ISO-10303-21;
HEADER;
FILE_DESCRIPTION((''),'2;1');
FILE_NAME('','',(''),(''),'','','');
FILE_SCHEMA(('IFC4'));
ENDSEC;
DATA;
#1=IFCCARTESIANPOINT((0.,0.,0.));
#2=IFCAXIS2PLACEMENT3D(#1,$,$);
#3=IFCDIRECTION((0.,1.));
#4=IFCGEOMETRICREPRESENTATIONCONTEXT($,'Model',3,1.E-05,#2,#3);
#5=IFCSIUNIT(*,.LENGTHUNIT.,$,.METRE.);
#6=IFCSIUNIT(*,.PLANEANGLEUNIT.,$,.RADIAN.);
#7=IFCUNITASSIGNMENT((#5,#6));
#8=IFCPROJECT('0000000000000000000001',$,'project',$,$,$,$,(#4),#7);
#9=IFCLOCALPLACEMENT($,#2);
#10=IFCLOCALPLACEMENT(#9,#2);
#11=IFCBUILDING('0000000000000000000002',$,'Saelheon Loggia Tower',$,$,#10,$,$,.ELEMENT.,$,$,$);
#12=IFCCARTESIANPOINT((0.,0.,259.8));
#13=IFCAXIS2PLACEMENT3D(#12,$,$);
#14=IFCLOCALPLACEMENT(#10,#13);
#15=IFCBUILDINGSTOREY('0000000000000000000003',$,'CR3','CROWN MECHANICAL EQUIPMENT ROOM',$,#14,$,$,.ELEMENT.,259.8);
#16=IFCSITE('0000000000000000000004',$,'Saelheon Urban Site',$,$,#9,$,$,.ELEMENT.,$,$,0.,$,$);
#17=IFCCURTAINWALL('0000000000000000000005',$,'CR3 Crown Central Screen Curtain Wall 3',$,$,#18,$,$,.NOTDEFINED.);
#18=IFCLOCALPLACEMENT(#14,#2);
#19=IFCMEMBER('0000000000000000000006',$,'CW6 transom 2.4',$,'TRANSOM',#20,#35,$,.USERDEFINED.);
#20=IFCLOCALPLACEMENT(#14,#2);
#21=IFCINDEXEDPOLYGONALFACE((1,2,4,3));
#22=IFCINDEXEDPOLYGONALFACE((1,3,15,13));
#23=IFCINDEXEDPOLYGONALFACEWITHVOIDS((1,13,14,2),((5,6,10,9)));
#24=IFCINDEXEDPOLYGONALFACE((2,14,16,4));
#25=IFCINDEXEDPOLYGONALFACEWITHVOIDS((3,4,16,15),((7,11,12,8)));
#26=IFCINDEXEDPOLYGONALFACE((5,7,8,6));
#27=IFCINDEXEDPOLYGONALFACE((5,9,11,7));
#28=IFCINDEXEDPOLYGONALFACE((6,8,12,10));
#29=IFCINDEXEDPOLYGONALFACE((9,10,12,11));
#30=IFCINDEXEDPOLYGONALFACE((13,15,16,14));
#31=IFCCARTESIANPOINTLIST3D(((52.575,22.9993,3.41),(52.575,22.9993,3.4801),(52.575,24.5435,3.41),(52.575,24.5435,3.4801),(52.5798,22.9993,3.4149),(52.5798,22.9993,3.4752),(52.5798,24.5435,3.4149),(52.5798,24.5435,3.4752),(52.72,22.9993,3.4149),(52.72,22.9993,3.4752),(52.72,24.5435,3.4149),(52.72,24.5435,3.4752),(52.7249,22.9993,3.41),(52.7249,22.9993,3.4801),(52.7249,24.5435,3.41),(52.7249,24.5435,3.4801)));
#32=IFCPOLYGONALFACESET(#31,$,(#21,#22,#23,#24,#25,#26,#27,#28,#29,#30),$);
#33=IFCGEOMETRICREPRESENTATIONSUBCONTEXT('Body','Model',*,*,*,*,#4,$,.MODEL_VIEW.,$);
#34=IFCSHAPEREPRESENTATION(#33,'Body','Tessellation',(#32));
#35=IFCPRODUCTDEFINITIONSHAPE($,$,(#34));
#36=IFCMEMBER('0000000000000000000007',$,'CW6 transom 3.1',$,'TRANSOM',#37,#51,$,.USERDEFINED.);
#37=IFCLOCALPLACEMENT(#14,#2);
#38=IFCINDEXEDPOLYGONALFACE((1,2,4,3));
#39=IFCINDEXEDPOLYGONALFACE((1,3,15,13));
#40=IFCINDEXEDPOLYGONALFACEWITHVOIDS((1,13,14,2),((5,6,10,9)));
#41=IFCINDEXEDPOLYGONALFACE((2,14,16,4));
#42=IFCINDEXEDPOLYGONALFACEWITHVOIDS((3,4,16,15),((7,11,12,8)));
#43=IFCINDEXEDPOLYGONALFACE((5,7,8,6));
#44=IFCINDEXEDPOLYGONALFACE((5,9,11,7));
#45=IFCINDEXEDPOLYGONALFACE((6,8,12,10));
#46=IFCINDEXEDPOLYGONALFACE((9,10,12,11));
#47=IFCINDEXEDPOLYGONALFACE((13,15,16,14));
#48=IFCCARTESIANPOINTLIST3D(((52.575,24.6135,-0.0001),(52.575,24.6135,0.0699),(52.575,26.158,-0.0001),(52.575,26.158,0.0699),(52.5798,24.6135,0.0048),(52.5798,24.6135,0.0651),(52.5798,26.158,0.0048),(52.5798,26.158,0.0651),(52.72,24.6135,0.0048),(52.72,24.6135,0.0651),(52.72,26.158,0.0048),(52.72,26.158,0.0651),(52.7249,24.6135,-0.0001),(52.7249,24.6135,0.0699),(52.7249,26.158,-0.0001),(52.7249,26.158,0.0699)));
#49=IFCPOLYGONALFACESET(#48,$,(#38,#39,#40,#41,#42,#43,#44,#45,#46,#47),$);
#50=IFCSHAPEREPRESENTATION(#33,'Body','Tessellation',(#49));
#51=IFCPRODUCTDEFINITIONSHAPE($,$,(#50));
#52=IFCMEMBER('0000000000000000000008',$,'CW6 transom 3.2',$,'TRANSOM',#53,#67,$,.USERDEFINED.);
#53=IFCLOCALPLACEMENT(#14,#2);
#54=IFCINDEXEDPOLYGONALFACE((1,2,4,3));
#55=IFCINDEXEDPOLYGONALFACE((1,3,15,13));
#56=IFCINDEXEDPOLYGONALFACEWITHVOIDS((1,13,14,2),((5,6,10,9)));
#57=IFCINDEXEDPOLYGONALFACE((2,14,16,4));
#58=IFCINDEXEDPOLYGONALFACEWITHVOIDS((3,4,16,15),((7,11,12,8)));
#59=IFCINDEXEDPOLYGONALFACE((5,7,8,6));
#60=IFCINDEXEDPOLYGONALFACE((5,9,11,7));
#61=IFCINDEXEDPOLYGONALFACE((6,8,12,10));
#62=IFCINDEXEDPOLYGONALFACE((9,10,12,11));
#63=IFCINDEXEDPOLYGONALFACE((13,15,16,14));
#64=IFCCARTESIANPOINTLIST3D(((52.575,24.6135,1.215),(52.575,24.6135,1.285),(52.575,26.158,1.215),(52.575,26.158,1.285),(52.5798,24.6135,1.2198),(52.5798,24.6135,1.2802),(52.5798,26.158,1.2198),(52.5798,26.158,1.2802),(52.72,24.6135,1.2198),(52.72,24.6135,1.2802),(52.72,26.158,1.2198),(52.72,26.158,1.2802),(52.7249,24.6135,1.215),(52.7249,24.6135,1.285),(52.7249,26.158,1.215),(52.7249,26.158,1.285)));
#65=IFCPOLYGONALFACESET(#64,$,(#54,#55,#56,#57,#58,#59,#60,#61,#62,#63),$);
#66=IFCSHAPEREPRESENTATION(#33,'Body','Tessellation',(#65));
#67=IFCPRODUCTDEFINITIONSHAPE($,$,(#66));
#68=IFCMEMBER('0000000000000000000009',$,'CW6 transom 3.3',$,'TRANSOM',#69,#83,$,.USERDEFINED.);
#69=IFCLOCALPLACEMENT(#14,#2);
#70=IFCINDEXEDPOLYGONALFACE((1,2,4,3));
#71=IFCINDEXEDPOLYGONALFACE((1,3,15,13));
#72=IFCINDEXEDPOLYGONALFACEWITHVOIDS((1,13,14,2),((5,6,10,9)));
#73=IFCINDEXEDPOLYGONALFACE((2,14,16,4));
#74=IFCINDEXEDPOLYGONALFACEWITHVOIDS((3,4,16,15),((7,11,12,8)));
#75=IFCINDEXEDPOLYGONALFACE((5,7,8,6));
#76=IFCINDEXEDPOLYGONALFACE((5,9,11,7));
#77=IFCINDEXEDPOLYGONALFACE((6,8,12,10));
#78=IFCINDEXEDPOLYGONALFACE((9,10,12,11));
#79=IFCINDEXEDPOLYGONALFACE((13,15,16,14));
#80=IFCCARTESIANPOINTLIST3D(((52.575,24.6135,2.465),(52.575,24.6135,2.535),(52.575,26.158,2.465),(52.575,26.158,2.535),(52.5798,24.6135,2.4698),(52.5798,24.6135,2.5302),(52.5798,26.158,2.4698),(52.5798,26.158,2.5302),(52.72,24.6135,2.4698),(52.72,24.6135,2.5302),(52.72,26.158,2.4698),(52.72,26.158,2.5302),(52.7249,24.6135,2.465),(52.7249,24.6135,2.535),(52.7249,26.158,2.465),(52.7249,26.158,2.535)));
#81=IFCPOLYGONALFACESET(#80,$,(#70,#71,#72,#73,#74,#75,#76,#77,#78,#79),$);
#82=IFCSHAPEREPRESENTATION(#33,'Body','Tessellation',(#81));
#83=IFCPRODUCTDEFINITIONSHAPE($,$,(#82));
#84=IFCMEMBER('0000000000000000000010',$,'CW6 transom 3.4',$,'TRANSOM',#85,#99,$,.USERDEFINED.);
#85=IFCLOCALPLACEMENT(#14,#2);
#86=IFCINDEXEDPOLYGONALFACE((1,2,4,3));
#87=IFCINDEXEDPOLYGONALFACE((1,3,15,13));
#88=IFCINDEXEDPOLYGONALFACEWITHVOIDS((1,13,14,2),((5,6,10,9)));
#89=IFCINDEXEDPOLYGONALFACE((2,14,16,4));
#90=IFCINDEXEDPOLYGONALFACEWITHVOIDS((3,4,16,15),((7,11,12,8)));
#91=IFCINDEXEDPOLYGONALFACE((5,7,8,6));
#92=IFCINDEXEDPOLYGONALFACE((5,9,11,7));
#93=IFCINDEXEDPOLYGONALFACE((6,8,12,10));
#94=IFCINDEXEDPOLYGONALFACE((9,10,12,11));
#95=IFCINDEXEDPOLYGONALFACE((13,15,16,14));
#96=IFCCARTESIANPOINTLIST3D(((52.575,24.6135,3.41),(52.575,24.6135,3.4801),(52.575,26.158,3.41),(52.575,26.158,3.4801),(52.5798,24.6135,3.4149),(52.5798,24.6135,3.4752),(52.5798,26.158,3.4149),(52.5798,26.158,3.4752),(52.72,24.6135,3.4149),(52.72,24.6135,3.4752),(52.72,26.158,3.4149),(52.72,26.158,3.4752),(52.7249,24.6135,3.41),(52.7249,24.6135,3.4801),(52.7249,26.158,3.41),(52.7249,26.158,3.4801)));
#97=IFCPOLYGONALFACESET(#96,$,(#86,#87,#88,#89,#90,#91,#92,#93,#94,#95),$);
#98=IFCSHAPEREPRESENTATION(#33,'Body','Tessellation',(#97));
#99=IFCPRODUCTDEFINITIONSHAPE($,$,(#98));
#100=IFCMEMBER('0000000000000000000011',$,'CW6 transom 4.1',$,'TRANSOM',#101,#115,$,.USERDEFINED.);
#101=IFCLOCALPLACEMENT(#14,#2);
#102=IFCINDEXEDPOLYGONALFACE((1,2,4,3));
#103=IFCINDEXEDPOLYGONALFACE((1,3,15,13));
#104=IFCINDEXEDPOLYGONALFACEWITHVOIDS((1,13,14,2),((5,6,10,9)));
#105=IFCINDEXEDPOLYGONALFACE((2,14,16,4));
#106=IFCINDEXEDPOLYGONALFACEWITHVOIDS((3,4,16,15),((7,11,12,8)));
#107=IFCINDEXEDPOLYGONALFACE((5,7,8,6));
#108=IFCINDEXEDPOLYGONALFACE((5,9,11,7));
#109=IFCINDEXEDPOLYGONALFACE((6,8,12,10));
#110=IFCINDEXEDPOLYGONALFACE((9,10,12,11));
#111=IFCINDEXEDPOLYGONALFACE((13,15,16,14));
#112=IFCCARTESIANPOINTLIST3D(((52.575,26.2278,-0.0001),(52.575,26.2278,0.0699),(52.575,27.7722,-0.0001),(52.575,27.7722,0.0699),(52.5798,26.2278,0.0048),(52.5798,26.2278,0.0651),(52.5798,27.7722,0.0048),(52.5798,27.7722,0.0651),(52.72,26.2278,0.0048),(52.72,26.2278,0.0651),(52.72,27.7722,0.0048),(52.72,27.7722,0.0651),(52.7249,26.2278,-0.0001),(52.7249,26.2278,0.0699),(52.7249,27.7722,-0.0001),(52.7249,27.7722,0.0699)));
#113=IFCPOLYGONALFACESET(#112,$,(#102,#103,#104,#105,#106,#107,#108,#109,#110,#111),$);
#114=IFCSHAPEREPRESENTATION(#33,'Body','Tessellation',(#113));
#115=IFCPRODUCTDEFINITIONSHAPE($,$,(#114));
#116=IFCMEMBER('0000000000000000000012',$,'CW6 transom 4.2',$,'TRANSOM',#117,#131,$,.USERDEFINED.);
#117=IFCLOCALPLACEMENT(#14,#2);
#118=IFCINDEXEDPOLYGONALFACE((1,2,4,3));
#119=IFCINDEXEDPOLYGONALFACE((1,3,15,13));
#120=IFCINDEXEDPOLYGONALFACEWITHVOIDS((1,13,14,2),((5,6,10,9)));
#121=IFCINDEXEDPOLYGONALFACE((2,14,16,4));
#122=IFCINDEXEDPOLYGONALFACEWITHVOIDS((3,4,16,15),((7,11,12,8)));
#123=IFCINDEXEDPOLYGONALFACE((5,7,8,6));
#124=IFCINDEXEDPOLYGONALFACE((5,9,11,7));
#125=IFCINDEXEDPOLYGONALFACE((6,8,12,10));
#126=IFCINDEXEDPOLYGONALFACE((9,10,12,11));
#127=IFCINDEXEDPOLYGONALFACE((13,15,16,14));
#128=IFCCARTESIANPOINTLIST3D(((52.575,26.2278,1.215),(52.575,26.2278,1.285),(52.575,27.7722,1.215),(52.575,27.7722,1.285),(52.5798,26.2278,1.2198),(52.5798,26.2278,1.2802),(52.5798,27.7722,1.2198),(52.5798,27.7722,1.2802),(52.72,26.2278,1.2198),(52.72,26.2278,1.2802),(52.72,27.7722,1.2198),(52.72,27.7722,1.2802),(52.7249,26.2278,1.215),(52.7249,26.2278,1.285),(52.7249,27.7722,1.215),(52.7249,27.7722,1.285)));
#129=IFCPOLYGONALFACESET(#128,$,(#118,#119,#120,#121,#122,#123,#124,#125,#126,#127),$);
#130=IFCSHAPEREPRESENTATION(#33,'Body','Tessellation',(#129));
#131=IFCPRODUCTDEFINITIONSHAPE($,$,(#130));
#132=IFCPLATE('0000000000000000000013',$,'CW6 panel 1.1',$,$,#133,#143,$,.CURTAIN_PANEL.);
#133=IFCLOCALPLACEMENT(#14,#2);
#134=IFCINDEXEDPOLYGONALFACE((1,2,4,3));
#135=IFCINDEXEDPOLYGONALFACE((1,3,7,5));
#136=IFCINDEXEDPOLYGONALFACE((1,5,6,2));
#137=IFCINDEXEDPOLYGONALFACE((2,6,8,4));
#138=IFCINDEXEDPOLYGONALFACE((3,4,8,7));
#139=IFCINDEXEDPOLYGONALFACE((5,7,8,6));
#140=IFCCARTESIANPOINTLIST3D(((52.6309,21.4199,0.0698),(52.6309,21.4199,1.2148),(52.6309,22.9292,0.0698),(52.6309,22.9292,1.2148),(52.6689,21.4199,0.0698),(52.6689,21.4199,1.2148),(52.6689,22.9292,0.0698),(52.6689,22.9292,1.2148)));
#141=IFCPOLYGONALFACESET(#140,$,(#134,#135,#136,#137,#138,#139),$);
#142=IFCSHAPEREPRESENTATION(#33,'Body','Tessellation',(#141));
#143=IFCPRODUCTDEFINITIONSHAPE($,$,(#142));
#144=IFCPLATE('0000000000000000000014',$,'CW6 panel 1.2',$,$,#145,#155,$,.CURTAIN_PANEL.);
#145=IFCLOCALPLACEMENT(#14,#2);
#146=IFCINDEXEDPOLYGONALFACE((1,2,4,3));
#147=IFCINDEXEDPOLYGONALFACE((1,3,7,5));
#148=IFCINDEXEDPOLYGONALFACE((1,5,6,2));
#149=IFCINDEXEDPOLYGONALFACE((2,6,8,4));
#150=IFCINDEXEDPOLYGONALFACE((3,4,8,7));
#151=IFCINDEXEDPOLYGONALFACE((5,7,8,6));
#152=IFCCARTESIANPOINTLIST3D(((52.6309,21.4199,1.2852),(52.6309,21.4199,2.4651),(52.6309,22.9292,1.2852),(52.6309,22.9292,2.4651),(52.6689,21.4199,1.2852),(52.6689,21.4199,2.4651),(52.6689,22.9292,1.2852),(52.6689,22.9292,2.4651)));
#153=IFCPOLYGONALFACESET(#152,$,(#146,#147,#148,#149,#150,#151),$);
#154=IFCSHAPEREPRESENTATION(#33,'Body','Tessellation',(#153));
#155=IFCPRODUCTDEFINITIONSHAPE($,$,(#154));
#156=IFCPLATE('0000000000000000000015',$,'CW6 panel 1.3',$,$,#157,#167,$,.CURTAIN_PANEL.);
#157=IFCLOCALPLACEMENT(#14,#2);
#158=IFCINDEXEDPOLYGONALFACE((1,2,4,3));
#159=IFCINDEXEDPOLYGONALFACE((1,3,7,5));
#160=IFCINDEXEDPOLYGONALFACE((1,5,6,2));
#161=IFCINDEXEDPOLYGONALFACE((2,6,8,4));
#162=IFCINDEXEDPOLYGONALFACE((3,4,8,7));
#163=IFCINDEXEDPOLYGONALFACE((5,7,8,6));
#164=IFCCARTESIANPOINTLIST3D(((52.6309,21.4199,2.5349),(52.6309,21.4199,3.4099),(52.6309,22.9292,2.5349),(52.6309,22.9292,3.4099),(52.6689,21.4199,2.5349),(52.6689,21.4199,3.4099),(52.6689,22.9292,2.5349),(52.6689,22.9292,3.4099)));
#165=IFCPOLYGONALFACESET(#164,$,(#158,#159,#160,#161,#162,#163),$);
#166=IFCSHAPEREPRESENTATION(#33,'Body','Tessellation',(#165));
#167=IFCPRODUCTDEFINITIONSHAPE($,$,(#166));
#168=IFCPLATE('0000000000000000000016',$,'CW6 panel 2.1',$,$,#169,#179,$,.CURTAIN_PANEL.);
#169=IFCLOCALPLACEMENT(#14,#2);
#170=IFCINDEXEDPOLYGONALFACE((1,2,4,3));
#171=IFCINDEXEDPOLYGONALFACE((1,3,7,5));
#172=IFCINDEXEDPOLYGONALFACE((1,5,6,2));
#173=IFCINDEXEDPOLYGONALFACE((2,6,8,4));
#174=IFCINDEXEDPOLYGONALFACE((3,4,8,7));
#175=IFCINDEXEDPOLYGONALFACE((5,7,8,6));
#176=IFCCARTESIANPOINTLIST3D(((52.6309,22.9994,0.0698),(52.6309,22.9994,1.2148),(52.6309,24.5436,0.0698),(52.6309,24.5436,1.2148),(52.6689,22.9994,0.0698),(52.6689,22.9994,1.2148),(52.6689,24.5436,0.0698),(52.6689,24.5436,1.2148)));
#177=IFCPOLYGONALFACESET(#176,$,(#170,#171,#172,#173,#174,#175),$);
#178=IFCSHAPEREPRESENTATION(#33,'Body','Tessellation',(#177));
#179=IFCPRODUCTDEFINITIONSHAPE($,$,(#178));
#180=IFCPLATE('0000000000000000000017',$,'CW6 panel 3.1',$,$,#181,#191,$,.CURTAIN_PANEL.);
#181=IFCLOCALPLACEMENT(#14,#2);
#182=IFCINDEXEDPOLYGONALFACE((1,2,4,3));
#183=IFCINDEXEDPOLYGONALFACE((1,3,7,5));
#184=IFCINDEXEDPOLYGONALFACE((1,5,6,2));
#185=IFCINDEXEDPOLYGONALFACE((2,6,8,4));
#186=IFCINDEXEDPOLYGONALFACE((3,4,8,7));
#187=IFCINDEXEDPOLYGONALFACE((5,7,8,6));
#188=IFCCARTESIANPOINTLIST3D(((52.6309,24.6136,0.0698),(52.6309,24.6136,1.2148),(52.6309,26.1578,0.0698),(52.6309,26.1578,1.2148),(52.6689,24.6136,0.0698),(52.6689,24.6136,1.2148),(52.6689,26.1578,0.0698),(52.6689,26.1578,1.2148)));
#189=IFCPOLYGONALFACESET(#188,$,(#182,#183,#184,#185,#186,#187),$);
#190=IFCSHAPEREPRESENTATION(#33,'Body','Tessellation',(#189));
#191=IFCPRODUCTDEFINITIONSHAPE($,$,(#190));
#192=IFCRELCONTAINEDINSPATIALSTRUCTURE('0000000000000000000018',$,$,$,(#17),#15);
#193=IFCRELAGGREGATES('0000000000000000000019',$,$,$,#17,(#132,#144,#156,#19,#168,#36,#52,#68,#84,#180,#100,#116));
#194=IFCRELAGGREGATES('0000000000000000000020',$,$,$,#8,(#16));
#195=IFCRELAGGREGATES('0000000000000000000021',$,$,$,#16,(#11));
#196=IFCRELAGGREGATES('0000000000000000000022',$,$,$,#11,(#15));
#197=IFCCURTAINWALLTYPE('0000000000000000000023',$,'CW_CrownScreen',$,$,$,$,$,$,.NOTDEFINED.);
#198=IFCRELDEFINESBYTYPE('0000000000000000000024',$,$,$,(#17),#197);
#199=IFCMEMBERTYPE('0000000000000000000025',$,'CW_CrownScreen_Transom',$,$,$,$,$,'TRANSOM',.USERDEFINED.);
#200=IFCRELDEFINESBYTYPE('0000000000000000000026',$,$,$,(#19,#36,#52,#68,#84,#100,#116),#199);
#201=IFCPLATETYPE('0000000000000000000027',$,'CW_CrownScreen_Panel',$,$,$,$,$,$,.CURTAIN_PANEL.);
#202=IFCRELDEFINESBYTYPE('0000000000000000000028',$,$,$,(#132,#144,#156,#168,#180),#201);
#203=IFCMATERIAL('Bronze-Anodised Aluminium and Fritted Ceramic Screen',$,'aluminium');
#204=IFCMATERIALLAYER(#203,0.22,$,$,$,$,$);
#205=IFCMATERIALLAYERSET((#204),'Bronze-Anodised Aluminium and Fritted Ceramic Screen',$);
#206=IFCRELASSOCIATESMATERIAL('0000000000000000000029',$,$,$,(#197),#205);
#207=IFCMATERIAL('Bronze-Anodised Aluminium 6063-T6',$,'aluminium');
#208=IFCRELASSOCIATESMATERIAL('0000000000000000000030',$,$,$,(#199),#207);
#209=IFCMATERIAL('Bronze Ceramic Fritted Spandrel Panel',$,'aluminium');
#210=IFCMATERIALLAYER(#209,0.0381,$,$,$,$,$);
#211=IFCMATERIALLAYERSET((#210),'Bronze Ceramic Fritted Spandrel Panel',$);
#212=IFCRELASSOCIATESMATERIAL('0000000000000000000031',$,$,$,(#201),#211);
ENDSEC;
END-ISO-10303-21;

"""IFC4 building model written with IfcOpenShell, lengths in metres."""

from ifc_helpers import new_model, si_unit, direction, frame, origin, origin_2d, place, context, subcontext, project, spatial, rectangle, hollow_rectangle, extrude, source, transform, mapped, material, layer, layer_set, material_profile, profile_set, type_object, element, aggregate, save


model = new_model("IFC4")

# Units and contexts
model_context = context("Model", 3, precision=1e-05, world=origin(), true_north=direction((0.0, 1.0)))
body_context = subcontext(model_context, "Body", "Model", "MODEL_VIEW")
ifc_project = project(units=[si_unit("LENGTHUNIT", "METRE"), si_unit("PLANEANGLEUNIT", "RADIAN")], contexts=[model_context])

# Site, building, storey
site_placement = place(None, origin())
site = spatial("IfcSite", under=ifc_project, at=site_placement, Name="Saelheon Urban Site", CompositionType="ELEMENT", RefElevation=0.0)
building_placement = place(site_placement, origin())
building = spatial("IfcBuilding", under=site, at=building_placement, Name="Saelheon Loggia Tower", CompositionType="ELEMENT")
storey_placement = place(building_placement, frame((0.0, 0.0, 259.8)))
storey = spatial("IfcBuildingStorey", under=building, at=storey_placement, Name="CR3", Description="CROWN MECHANICAL EQUIPMENT ROOM", CompositionType="ELEMENT", Elevation=259.8)

# Curtain wall, members, plates
ifc_material_1 = material(Name="Bronze-Anodised Aluminium and Fritted Ceramic Screen", Category="aluminium")
ifc_layer_1 = layer(ifc_material_1, 0.22)
ifc_layer_set_1 = layer_set([ifc_layer_1], Name="Bronze-Anodised Aluminium and Fritted Ceramic Screen")
curtain_wall_type = type_object("IfcCurtainWallType", Name="CW_CrownScreen", PredefinedType="NOTDEFINED", material=ifc_layer_set_1)
curtain_wall_placement = place(storey_placement, origin())
curtain_wall = element("IfcCurtainWall", 1, at=curtain_wall_placement, inside=storey, type_object=curtain_wall_type, Name="CR3 Crown Central Screen Curtain Wall 3", PredefinedType="NOTDEFINED")
ifc_material_2 = material(Name="Bronze-Anodised Aluminium 6063-T6", Category="aluminium")
ifc_material_profile_1 = material_profile(ifc_material_2, hollow_rectangle(XDim=0.0701, YDim=0.1499, WallThickness=0.0049, at=origin_2d()), Name="RHS-150x70x5")
ifc_profile_set_1 = profile_set([ifc_material_profile_1], Name="Bronze-Anodised Aluminium 6063-T6")
member_type_1 = type_object("IfcMemberType", Name="CW_CrownScreen_Transom", ElementType="TRANSOM", PredefinedType="USERDEFINED", material=ifc_profile_set_1)
shared_shape_1 = source(origin(), body_context, "Body", "SweptSolid", [
    extrude(hollow_rectangle(XDim=0.0701, YDim=0.1499, WallThickness=0.0049, at=origin_2d()), origin(), (0.0, 0.0, 1.0), 1.5442),
])
member_1_placement = place(storey_placement, frame((52.6499, 22.9993, 3.4451), z_axis=(0.0, 1.0, 0.0), x_axis=(0.0, 0.0, 1.0)))
member_1 = element("IfcMember", 2, at=member_1_placement, type_object=member_type_1, Name="CW6 transom 2.4", ObjectType="TRANSOM", PredefinedType="USERDEFINED", context=body_context, shape_type="MappedRepresentation", body=[
    mapped(shared_shape_1, transform((0.0, 0.0, 0.0), scale=1.0)),
])
shared_shape_2 = source(origin(), body_context, "Body", "SweptSolid", [
    extrude(hollow_rectangle(XDim=0.0701, YDim=0.1499, WallThickness=0.0049, at=origin_2d()), origin(), (0.0, 0.0, 1.0), 1.5444),
])
member_2_placement = place(storey_placement, frame((52.6499, 24.6135, 0.0349), z_axis=(0.0, 1.0, 0.0), x_axis=(0.0, 0.0, 1.0)))
member_2 = element("IfcMember", 3, at=member_2_placement, type_object=member_type_1, Name="CW6 transom 3.1", ObjectType="TRANSOM", PredefinedType="USERDEFINED", context=body_context, shape_type="MappedRepresentation", body=[
    mapped(shared_shape_2, transform((0.0, 0.0, 0.0), scale=1.0)),
])
member_3_placement = place(storey_placement, frame((52.6499, 24.6135, 1.25), z_axis=(0.0, 1.0, 0.0), x_axis=(0.0, 0.0, 1.0)))
member_3 = element("IfcMember", 4, at=member_3_placement, type_object=member_type_1, Name="CW6 transom 3.2", ObjectType="TRANSOM", PredefinedType="USERDEFINED", context=body_context, shape_type="MappedRepresentation", body=[
    mapped(shared_shape_2, transform((0.0, 0.0, 0.0), scale=1.0)),
])
member_4_placement = place(storey_placement, frame((52.6499, 24.6135, 2.5), z_axis=(0.0, 1.0, 0.0), x_axis=(0.0, 0.0, 1.0)))
member_4 = element("IfcMember", 5, at=member_4_placement, type_object=member_type_1, Name="CW6 transom 3.3", ObjectType="TRANSOM", PredefinedType="USERDEFINED", context=body_context, shape_type="MappedRepresentation", body=[
    mapped(shared_shape_2, transform((0.0, 0.0, 0.0), scale=1.0)),
])
member_5_placement = place(storey_placement, frame((52.6499, 24.6135, 3.4451), z_axis=(0.0, 1.0, 0.0), x_axis=(0.0, 0.0, 1.0)))
member_5 = element("IfcMember", 6, at=member_5_placement, type_object=member_type_1, Name="CW6 transom 3.4", ObjectType="TRANSOM", PredefinedType="USERDEFINED", context=body_context, shape_type="MappedRepresentation", body=[
    mapped(shared_shape_2, transform((0.0, 0.0, 0.0), scale=1.0)),
])
member_6_placement = place(storey_placement, frame((52.6499, 26.2278, 0.0349), z_axis=(0.0, 1.0, 0.0), x_axis=(0.0, 0.0, 1.0)))
member_6 = element("IfcMember", 7, at=member_6_placement, type_object=member_type_1, Name="CW6 transom 4.1", ObjectType="TRANSOM", PredefinedType="USERDEFINED", context=body_context, shape_type="MappedRepresentation", body=[
    mapped(shared_shape_2, transform((0.0, 0.0, 0.0), scale=1.0)),
])
member_7_placement = place(storey_placement, frame((52.6499, 26.2278, 1.25), z_axis=(0.0, 1.0, 0.0), x_axis=(0.0, 0.0, 1.0)))
member_7 = element("IfcMember", 8, at=member_7_placement, type_object=member_type_1, Name="CW6 transom 4.2", ObjectType="TRANSOM", PredefinedType="USERDEFINED", context=body_context, shape_type="MappedRepresentation", body=[
    mapped(shared_shape_2, transform((0.0, 0.0, 0.0), scale=1.0)),
])
ifc_material_3 = material(Name="Bronze Ceramic Fritted Spandrel Panel", Category="aluminium")
ifc_layer_2 = layer(ifc_material_3, 0.0381)
ifc_layer_set_2 = layer_set([ifc_layer_2], Name="Bronze Ceramic Fritted Spandrel Panel")
plate_type = type_object("IfcPlateType", Name="CW_CrownScreen_Panel", PredefinedType="CURTAIN_PANEL", material=ifc_layer_set_2)
shared_shape_3 = source(origin(), body_context, "Body", "SweptSolid", [
    extrude(rectangle(XDim=1.5093, YDim=0.0381, at=origin_2d()), origin(), (0.0, 0.0, 1.0), 1.145),
])
plate_1_placement = place(storey_placement, frame((52.6499, 22.1746, 0.0698), z_axis=(0.0, 0.0, 1.0), x_axis=(0.0, 1.0, 0.0)))
plate_1 = element("IfcPlate", 9, at=plate_1_placement, type_object=plate_type, Name="CW6 panel 1.1", PredefinedType="CURTAIN_PANEL", context=body_context, shape_type="MappedRepresentation", body=[
    mapped(shared_shape_3, transform((0.0, 0.0, 0.0), scale=1.0)),
])
shared_shape_4 = source(origin(), body_context, "Body", "SweptSolid", [
    extrude(rectangle(XDim=1.5093, YDim=0.0381, at=origin_2d()), origin(), (0.0, 0.0, 1.0), 1.1799),
])
plate_2_placement = place(storey_placement, frame((52.6499, 22.1746, 1.2852), z_axis=(0.0, 0.0, 1.0), x_axis=(0.0, 1.0, 0.0)))
plate_2 = element("IfcPlate", 10, at=plate_2_placement, type_object=plate_type, Name="CW6 panel 1.2", PredefinedType="CURTAIN_PANEL", context=body_context, shape_type="MappedRepresentation", body=[
    mapped(shared_shape_4, transform((0.0, 0.0, 0.0), scale=1.0)),
])
shared_shape_5 = source(origin(), body_context, "Body", "SweptSolid", [
    extrude(rectangle(XDim=1.5093, YDim=0.0381, at=origin_2d()), origin(), (0.0, 0.0, 1.0), 0.875),
])
plate_3_placement = place(storey_placement, frame((52.6499, 22.1746, 2.5349), z_axis=(0.0, 0.0, 1.0), x_axis=(0.0, 1.0, 0.0)))
plate_3 = element("IfcPlate", 11, at=plate_3_placement, type_object=plate_type, Name="CW6 panel 1.3", PredefinedType="CURTAIN_PANEL", context=body_context, shape_type="MappedRepresentation", body=[
    mapped(shared_shape_5, transform((0.0, 0.0, 0.0), scale=1.0)),
])
shared_shape_6 = source(origin(), body_context, "Body", "SweptSolid", [
    extrude(rectangle(XDim=1.5442, YDim=0.0381, at=origin_2d()), origin(), (0.0, 0.0, 1.0), 1.145),
])
plate_4_placement = place(storey_placement, frame((52.6499, 23.7715, 0.0698), z_axis=(0.0, 0.0, 1.0), x_axis=(0.0, 1.0, 0.0)))
plate_4 = element("IfcPlate", 12, at=plate_4_placement, type_object=plate_type, Name="CW6 panel 2.1", PredefinedType="CURTAIN_PANEL", context=body_context, shape_type="MappedRepresentation", body=[
    mapped(shared_shape_6, transform((0.0, 0.0, 0.0), scale=1.0)),
])
plate_5_placement = place(storey_placement, frame((52.6499, 25.3857, 0.0698), z_axis=(0.0, 0.0, 1.0), x_axis=(0.0, 1.0, 0.0)))
plate_5 = element("IfcPlate", 13, at=plate_5_placement, type_object=plate_type, Name="CW6 panel 3.1", PredefinedType="CURTAIN_PANEL", context=body_context, shape_type="MappedRepresentation", body=[
    mapped(shared_shape_6, transform((0.0, 0.0, 0.0), scale=1.0)),
])
aggregate(curtain_wall, [plate_1, plate_2, plate_3, member_1, plate_4, member_2, member_3, member_4, member_5, plate_5, member_6, member_7])

save(model, "model.ifc")
